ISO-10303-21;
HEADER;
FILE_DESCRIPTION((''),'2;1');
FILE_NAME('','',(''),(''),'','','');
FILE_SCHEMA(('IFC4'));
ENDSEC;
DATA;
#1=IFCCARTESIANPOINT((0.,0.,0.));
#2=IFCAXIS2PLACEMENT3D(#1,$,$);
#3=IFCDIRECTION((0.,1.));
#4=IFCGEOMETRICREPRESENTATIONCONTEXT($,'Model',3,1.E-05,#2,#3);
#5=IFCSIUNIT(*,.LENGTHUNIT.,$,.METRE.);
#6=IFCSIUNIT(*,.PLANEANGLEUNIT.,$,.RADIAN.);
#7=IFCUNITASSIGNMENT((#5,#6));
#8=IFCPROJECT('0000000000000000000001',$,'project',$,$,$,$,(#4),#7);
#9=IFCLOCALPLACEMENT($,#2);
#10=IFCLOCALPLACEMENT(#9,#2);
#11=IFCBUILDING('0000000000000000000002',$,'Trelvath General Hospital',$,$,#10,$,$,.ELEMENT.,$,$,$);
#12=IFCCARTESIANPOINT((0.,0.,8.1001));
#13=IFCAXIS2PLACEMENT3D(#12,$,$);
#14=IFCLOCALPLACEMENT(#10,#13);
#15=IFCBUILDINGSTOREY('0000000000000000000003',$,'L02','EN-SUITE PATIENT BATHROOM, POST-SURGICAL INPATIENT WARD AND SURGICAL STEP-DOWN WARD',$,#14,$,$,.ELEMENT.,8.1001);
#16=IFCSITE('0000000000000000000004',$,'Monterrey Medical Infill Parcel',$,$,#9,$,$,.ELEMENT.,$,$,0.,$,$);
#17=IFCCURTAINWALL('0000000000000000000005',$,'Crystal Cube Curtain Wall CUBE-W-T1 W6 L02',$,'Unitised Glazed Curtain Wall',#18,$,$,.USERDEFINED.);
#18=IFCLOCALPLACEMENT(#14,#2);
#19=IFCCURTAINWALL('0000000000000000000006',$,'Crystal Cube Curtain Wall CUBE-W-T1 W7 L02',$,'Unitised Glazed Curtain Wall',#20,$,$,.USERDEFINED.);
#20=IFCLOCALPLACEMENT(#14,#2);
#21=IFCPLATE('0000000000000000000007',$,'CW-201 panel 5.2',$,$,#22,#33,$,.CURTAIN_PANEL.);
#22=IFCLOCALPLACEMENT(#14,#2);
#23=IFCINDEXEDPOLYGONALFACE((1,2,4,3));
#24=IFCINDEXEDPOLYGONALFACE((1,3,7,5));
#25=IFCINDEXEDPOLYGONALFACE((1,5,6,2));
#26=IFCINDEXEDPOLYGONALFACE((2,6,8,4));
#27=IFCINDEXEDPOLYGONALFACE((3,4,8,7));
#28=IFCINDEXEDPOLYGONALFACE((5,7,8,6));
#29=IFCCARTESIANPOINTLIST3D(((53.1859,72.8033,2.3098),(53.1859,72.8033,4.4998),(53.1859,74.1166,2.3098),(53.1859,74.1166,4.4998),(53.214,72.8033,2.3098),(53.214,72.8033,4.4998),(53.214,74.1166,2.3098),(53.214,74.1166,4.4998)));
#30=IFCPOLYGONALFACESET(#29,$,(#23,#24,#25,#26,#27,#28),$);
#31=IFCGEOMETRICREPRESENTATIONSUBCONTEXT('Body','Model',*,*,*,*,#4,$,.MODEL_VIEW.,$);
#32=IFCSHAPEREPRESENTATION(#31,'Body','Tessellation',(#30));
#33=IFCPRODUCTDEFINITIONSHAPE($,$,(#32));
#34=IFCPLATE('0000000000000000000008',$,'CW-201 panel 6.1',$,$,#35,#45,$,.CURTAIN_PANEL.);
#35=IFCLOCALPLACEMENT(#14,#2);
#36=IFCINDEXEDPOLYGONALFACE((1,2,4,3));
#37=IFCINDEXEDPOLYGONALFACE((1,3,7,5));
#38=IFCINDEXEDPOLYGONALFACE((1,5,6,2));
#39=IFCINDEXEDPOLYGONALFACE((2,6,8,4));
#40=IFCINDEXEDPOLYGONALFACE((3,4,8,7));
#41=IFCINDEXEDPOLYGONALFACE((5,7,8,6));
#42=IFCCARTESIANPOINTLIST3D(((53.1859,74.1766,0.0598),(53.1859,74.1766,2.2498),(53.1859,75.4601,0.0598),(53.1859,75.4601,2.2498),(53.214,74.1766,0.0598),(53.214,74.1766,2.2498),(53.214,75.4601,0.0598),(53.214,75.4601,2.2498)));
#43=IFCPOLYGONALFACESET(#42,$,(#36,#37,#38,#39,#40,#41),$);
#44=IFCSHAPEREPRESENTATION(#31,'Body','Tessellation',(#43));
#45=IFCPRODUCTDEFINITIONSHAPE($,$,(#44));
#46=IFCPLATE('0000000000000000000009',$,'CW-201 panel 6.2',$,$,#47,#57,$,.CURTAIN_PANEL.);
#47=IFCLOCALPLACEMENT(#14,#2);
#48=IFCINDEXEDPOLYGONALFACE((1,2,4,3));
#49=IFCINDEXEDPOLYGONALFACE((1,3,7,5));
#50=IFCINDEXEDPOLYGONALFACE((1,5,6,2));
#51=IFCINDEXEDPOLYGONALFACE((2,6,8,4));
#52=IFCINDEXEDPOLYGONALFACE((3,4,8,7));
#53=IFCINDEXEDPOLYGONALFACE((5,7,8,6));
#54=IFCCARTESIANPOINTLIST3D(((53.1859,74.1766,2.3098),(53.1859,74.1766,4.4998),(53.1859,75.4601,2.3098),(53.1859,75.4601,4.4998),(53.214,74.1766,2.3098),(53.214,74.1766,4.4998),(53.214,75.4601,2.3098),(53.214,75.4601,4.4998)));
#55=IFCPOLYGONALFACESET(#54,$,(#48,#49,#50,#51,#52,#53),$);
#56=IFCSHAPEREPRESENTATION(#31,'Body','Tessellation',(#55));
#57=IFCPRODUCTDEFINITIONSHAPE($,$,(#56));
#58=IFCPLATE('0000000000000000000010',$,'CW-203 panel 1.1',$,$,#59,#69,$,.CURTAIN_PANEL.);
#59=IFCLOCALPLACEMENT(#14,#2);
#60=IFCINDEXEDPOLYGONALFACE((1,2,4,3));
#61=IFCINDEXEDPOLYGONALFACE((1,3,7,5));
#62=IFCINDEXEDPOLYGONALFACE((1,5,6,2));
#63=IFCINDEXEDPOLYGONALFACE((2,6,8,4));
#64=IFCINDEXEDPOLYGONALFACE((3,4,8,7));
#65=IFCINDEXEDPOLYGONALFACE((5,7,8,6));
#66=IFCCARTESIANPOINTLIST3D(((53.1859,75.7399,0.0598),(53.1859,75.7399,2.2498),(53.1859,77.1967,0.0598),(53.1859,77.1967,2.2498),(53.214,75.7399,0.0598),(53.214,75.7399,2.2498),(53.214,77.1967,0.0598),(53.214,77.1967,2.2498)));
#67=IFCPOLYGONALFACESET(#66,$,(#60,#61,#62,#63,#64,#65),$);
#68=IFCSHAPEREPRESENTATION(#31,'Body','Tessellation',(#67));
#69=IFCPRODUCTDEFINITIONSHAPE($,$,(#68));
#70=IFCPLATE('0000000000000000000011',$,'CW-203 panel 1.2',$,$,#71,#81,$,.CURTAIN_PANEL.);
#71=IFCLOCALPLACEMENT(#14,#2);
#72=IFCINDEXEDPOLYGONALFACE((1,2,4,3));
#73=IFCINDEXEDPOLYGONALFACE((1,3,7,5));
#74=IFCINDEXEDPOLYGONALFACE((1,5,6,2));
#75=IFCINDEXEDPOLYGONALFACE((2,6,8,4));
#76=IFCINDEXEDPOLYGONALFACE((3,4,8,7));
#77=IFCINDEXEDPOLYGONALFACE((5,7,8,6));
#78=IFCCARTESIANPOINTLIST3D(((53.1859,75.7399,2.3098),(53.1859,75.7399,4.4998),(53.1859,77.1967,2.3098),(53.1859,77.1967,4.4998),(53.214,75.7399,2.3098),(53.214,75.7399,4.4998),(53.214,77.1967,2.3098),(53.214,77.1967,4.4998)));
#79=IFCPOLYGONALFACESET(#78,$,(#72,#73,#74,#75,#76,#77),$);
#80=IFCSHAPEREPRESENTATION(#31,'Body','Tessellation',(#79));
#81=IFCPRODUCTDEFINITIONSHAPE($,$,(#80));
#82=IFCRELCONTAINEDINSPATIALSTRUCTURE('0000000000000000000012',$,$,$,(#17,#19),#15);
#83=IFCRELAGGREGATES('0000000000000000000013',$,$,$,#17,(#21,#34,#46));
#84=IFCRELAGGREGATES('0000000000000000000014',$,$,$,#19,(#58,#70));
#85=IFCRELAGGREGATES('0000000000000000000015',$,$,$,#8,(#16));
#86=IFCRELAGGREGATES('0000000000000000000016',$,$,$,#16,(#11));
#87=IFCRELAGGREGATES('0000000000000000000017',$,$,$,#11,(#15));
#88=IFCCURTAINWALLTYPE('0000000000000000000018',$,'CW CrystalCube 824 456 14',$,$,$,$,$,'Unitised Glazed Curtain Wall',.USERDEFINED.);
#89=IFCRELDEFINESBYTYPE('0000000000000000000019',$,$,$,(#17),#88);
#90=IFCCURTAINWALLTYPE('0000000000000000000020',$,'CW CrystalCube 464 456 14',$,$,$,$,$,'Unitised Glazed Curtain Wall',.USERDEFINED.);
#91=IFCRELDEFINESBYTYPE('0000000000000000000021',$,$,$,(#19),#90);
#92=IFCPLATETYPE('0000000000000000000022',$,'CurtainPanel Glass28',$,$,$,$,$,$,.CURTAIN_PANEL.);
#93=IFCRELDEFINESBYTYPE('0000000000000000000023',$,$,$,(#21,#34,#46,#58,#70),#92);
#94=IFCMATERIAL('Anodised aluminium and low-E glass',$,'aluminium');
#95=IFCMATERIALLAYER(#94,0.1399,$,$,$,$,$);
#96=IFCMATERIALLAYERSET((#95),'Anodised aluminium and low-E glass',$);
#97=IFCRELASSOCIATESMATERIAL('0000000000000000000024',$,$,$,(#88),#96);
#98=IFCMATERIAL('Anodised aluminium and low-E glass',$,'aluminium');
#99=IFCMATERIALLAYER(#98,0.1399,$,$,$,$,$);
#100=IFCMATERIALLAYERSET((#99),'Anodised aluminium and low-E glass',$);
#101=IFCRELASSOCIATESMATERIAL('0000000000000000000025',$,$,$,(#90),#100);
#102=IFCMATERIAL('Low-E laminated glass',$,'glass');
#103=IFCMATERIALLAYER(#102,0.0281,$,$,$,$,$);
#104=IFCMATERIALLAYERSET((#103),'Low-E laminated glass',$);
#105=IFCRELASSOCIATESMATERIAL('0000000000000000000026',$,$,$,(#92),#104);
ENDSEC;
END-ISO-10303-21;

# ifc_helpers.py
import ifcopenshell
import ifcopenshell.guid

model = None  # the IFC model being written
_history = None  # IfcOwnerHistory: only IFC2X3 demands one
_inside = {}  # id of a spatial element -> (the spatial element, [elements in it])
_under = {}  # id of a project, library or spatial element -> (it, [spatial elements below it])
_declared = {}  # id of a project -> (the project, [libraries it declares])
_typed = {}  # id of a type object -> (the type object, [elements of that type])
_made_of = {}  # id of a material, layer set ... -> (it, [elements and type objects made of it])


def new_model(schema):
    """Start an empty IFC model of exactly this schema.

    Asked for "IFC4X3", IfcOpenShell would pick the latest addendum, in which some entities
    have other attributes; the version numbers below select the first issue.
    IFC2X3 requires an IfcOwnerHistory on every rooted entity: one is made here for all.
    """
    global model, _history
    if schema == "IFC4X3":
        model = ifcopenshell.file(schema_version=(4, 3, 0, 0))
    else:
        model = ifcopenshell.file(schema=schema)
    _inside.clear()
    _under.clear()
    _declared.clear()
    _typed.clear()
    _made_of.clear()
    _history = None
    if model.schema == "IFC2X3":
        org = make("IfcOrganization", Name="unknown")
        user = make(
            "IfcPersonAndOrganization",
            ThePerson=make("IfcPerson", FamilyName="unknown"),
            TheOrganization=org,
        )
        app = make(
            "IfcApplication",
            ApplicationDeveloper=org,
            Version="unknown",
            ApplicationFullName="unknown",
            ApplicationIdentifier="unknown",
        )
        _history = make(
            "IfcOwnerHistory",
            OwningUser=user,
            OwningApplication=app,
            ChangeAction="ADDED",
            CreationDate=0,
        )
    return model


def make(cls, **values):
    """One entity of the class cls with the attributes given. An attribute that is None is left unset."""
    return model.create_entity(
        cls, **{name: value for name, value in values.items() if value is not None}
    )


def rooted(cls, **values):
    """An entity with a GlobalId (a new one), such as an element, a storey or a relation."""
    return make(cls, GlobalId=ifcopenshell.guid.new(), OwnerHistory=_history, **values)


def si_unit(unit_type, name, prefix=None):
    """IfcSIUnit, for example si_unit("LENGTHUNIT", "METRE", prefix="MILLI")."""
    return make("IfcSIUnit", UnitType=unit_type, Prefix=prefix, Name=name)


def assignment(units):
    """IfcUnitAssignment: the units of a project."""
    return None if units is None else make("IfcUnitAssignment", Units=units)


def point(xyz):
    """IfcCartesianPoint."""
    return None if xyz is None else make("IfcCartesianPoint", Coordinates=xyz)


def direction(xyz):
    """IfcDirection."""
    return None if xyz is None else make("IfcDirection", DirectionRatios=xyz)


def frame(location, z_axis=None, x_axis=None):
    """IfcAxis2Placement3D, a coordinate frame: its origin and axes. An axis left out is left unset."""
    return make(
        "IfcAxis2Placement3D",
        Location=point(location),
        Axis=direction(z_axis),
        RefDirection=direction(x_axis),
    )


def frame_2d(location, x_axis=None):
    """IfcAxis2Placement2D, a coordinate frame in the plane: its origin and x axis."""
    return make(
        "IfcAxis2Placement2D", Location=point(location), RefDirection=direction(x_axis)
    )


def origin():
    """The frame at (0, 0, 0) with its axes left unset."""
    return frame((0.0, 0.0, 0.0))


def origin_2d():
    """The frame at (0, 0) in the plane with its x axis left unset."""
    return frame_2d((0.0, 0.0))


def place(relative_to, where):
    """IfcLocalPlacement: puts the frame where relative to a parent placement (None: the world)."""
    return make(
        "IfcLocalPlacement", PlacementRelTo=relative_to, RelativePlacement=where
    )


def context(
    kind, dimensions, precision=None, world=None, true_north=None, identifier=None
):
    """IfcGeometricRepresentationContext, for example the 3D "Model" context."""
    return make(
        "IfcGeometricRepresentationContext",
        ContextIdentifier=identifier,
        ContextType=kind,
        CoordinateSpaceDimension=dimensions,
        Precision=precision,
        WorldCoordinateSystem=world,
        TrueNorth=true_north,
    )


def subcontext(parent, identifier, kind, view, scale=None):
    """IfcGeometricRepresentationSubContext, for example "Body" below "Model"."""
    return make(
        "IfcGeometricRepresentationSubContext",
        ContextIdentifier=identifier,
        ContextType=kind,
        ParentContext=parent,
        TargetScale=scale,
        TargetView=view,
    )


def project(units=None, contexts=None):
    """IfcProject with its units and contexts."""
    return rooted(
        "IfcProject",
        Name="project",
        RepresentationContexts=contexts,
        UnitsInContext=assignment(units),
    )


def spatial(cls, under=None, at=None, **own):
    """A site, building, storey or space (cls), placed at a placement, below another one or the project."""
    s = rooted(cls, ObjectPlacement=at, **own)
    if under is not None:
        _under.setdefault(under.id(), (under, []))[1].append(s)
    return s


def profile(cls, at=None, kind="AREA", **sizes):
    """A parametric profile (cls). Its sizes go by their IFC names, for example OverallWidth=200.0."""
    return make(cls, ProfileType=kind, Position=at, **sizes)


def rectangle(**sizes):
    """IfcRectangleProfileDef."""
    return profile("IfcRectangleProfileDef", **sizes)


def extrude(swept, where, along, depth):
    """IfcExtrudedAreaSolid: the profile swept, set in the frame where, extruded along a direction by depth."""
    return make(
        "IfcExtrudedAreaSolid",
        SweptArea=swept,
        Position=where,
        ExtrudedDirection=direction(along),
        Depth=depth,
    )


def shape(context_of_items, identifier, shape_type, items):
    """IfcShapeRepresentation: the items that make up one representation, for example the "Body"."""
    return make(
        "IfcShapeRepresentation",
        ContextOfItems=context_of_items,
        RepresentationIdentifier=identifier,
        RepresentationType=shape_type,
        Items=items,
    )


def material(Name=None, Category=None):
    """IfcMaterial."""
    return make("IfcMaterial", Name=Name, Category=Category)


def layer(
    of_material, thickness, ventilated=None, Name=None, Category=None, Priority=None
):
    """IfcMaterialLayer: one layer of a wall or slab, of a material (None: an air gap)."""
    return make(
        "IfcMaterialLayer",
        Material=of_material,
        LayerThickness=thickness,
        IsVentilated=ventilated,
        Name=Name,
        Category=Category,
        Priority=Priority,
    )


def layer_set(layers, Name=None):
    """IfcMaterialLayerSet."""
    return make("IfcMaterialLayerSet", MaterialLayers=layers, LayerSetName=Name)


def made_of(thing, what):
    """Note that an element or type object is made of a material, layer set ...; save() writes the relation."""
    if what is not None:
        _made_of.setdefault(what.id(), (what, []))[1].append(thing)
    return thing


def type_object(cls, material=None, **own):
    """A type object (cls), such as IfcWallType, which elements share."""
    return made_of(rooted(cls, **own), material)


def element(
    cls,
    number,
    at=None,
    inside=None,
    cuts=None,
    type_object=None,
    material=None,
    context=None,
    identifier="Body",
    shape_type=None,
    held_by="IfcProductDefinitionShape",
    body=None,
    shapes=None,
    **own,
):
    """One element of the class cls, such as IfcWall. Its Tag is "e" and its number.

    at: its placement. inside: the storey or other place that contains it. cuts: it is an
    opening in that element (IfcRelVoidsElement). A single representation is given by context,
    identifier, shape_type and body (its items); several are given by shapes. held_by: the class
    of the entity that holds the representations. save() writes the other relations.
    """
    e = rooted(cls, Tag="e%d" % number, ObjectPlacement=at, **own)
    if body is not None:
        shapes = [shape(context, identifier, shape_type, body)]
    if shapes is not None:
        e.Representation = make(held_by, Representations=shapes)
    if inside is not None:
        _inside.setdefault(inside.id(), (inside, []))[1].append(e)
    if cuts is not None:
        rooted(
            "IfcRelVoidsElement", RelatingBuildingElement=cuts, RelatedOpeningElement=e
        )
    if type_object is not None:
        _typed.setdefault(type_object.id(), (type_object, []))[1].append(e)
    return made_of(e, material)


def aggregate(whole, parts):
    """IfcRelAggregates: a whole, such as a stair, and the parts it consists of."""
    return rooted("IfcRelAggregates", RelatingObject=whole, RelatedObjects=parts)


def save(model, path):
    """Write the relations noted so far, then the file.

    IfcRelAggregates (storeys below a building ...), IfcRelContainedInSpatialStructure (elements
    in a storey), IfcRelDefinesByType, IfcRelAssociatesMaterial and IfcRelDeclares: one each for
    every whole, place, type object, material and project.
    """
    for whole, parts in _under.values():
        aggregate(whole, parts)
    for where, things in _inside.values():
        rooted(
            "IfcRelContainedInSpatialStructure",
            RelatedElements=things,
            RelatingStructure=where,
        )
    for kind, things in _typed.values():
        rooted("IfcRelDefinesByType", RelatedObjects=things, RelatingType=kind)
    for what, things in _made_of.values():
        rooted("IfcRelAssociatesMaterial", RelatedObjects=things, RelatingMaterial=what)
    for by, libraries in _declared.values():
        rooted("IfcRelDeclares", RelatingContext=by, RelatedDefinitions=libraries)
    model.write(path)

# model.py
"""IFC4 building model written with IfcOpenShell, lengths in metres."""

from ifc_helpers import new_model, si_unit, direction, frame, origin, origin_2d, place, context, subcontext, project, spatial, rectangle, extrude, material, layer, layer_set, type_object, element, aggregate, save


model = new_model("IFC4")

# Units and contexts
model_context = context("Model", 3, precision=1e-05, world=origin(), true_north=direction((0.0, 1.0)))
body_context = subcontext(model_context, "Body", "Model", "MODEL_VIEW")
ifc_project = project(units=[si_unit("LENGTHUNIT", "METRE"), si_unit("PLANEANGLEUNIT", "RADIAN")], contexts=[model_context])

# Site, building, storey
site_placement = place(None, origin())
site = spatial("IfcSite", under=ifc_project, at=site_placement, Name="Monterrey Medical Infill Parcel", CompositionType="ELEMENT", RefElevation=0.0)
building_placement = place(site_placement, origin())
building = spatial("IfcBuilding", under=site, at=building_placement, Name="Trelvath General Hospital", CompositionType="ELEMENT")
storey_placement = place(building_placement, frame((0.0, 0.0, 8.1001)))
storey = spatial("IfcBuildingStorey", under=building, at=storey_placement, Name="L02", Description="EN-SUITE PATIENT BATHROOM, POST-SURGICAL INPATIENT WARD AND SURGICAL STEP-DOWN WARD", CompositionType="ELEMENT", Elevation=8.1001)

# Curtain walls
ifc_material_1 = material(Name="Anodised aluminium and low-E glass", Category="aluminium")
ifc_layer_1 = layer(ifc_material_1, 0.1399)
ifc_layer_set_1 = layer_set([ifc_layer_1], Name="Anodised aluminium and low-E glass")
curtain_wall_type_1 = type_object("IfcCurtainWallType", Name="CW CrystalCube 824 456 14", ElementType="Unitised Glazed Curtain Wall", PredefinedType="USERDEFINED", material=ifc_layer_set_1)
curtain_wall_1_placement = place(storey_placement, origin())
curtain_wall_1 = element("IfcCurtainWall", 1, at=curtain_wall_1_placement, inside=storey, type_object=curtain_wall_type_1, Name="Crystal Cube Curtain Wall CUBE-W-T1 W6 L02", ObjectType="Unitised Glazed Curtain Wall", PredefinedType="USERDEFINED")
ifc_material_2 = material(Name="Anodised aluminium and low-E glass", Category="aluminium")
ifc_layer_2 = layer(ifc_material_2, 0.1399)
ifc_layer_set_2 = layer_set([ifc_layer_2], Name="Anodised aluminium and low-E glass")
curtain_wall_type_2 = type_object("IfcCurtainWallType", Name="CW CrystalCube 464 456 14", ElementType="Unitised Glazed Curtain Wall", PredefinedType="USERDEFINED", material=ifc_layer_set_2)
curtain_wall_2_placement = place(storey_placement, origin())
curtain_wall_2 = element("IfcCurtainWall", 2, at=curtain_wall_2_placement, inside=storey, type_object=curtain_wall_type_2, Name="Crystal Cube Curtain Wall CUBE-W-T1 W7 L02", ObjectType="Unitised Glazed Curtain Wall", PredefinedType="USERDEFINED")

# Plates
ifc_material_3 = material(Name="Low-E laminated glass", Category="glass")
ifc_layer_3 = layer(ifc_material_3, 0.0281)
ifc_layer_set_3 = layer_set([ifc_layer_3], Name="Low-E laminated glass")
plate_type = type_object("IfcPlateType", Name="CurtainPanel Glass28", PredefinedType="CURTAIN_PANEL", material=ifc_layer_set_3)
plate_1_placement = place(storey_placement, frame((53.2, 73.46, 2.3098), z_axis=(0.0, 0.0, 1.0), x_axis=(0.0, 1.0, 0.0)))
plate_1 = element("IfcPlate", 3, at=plate_1_placement, type_object=plate_type, Name="CW-201 panel 5.2", PredefinedType="CURTAIN_PANEL", context=body_context, shape_type="SweptSolid", body=[
    extrude(rectangle(XDim=1.3132, YDim=0.0281, at=origin_2d()), origin(), (0.0, 0.0, 1.0), 2.1899),
])
plate_2_placement = place(storey_placement, frame((53.2, 74.8184, 0.0598), z_axis=(0.0, 0.0, 1.0), x_axis=(0.0, 1.0, 0.0)))
plate_2 = element("IfcPlate", 4, at=plate_2_placement, type_object=plate_type, Name="CW-201 panel 6.1", PredefinedType="CURTAIN_PANEL", context=body_context, shape_type="SweptSolid", body=[
    extrude(rectangle(XDim=1.2834, YDim=0.0281, at=origin_2d()), origin(), (0.0, 0.0, 1.0), 2.1899),
])
plate_3_placement = place(storey_placement, frame((53.2, 74.8184, 2.3098), z_axis=(0.0, 0.0, 1.0), x_axis=(0.0, 1.0, 0.0)))
plate_3 = element("IfcPlate", 5, at=plate_3_placement, type_object=plate_type, Name="CW-201 panel 6.2", PredefinedType="CURTAIN_PANEL", context=body_context, shape_type="SweptSolid", body=[
    extrude(rectangle(XDim=1.2834, YDim=0.0281, at=origin_2d()), origin(), (0.0, 0.0, 1.0), 2.1899),
])
aggregate(curtain_wall_1, [plate_1, plate_2, plate_3])
plate_4_placement = place(storey_placement, frame((53.2, 76.4683, 0.0598), z_axis=(0.0, 0.0, 1.0), x_axis=(0.0, 1.0, 0.0)))
plate_4 = element("IfcPlate", 6, at=plate_4_placement, type_object=plate_type, Name="CW-203 panel 1.1", PredefinedType="CURTAIN_PANEL", context=body_context, shape_type="SweptSolid", body=[
    extrude(rectangle(XDim=1.4568, YDim=0.0281, at=origin_2d()), origin(), (0.0, 0.0, 1.0), 2.1899),
])
plate_5_placement = place(storey_placement, frame((53.2, 76.4683, 2.3098), z_axis=(0.0, 0.0, 1.0), x_axis=(0.0, 1.0, 0.0)))
plate_5 = element("IfcPlate", 7, at=plate_5_placement, type_object=plate_type, Name="CW-203 panel 1.2", PredefinedType="CURTAIN_PANEL", context=body_context, shape_type="SweptSolid", body=[
    extrude(rectangle(XDim=1.4568, YDim=0.0281, at=origin_2d()), origin(), (0.0, 0.0, 1.0), 2.1899),
])
aggregate(curtain_wall_2, [plate_4, plate_5])

save(model, "model.ifc")
